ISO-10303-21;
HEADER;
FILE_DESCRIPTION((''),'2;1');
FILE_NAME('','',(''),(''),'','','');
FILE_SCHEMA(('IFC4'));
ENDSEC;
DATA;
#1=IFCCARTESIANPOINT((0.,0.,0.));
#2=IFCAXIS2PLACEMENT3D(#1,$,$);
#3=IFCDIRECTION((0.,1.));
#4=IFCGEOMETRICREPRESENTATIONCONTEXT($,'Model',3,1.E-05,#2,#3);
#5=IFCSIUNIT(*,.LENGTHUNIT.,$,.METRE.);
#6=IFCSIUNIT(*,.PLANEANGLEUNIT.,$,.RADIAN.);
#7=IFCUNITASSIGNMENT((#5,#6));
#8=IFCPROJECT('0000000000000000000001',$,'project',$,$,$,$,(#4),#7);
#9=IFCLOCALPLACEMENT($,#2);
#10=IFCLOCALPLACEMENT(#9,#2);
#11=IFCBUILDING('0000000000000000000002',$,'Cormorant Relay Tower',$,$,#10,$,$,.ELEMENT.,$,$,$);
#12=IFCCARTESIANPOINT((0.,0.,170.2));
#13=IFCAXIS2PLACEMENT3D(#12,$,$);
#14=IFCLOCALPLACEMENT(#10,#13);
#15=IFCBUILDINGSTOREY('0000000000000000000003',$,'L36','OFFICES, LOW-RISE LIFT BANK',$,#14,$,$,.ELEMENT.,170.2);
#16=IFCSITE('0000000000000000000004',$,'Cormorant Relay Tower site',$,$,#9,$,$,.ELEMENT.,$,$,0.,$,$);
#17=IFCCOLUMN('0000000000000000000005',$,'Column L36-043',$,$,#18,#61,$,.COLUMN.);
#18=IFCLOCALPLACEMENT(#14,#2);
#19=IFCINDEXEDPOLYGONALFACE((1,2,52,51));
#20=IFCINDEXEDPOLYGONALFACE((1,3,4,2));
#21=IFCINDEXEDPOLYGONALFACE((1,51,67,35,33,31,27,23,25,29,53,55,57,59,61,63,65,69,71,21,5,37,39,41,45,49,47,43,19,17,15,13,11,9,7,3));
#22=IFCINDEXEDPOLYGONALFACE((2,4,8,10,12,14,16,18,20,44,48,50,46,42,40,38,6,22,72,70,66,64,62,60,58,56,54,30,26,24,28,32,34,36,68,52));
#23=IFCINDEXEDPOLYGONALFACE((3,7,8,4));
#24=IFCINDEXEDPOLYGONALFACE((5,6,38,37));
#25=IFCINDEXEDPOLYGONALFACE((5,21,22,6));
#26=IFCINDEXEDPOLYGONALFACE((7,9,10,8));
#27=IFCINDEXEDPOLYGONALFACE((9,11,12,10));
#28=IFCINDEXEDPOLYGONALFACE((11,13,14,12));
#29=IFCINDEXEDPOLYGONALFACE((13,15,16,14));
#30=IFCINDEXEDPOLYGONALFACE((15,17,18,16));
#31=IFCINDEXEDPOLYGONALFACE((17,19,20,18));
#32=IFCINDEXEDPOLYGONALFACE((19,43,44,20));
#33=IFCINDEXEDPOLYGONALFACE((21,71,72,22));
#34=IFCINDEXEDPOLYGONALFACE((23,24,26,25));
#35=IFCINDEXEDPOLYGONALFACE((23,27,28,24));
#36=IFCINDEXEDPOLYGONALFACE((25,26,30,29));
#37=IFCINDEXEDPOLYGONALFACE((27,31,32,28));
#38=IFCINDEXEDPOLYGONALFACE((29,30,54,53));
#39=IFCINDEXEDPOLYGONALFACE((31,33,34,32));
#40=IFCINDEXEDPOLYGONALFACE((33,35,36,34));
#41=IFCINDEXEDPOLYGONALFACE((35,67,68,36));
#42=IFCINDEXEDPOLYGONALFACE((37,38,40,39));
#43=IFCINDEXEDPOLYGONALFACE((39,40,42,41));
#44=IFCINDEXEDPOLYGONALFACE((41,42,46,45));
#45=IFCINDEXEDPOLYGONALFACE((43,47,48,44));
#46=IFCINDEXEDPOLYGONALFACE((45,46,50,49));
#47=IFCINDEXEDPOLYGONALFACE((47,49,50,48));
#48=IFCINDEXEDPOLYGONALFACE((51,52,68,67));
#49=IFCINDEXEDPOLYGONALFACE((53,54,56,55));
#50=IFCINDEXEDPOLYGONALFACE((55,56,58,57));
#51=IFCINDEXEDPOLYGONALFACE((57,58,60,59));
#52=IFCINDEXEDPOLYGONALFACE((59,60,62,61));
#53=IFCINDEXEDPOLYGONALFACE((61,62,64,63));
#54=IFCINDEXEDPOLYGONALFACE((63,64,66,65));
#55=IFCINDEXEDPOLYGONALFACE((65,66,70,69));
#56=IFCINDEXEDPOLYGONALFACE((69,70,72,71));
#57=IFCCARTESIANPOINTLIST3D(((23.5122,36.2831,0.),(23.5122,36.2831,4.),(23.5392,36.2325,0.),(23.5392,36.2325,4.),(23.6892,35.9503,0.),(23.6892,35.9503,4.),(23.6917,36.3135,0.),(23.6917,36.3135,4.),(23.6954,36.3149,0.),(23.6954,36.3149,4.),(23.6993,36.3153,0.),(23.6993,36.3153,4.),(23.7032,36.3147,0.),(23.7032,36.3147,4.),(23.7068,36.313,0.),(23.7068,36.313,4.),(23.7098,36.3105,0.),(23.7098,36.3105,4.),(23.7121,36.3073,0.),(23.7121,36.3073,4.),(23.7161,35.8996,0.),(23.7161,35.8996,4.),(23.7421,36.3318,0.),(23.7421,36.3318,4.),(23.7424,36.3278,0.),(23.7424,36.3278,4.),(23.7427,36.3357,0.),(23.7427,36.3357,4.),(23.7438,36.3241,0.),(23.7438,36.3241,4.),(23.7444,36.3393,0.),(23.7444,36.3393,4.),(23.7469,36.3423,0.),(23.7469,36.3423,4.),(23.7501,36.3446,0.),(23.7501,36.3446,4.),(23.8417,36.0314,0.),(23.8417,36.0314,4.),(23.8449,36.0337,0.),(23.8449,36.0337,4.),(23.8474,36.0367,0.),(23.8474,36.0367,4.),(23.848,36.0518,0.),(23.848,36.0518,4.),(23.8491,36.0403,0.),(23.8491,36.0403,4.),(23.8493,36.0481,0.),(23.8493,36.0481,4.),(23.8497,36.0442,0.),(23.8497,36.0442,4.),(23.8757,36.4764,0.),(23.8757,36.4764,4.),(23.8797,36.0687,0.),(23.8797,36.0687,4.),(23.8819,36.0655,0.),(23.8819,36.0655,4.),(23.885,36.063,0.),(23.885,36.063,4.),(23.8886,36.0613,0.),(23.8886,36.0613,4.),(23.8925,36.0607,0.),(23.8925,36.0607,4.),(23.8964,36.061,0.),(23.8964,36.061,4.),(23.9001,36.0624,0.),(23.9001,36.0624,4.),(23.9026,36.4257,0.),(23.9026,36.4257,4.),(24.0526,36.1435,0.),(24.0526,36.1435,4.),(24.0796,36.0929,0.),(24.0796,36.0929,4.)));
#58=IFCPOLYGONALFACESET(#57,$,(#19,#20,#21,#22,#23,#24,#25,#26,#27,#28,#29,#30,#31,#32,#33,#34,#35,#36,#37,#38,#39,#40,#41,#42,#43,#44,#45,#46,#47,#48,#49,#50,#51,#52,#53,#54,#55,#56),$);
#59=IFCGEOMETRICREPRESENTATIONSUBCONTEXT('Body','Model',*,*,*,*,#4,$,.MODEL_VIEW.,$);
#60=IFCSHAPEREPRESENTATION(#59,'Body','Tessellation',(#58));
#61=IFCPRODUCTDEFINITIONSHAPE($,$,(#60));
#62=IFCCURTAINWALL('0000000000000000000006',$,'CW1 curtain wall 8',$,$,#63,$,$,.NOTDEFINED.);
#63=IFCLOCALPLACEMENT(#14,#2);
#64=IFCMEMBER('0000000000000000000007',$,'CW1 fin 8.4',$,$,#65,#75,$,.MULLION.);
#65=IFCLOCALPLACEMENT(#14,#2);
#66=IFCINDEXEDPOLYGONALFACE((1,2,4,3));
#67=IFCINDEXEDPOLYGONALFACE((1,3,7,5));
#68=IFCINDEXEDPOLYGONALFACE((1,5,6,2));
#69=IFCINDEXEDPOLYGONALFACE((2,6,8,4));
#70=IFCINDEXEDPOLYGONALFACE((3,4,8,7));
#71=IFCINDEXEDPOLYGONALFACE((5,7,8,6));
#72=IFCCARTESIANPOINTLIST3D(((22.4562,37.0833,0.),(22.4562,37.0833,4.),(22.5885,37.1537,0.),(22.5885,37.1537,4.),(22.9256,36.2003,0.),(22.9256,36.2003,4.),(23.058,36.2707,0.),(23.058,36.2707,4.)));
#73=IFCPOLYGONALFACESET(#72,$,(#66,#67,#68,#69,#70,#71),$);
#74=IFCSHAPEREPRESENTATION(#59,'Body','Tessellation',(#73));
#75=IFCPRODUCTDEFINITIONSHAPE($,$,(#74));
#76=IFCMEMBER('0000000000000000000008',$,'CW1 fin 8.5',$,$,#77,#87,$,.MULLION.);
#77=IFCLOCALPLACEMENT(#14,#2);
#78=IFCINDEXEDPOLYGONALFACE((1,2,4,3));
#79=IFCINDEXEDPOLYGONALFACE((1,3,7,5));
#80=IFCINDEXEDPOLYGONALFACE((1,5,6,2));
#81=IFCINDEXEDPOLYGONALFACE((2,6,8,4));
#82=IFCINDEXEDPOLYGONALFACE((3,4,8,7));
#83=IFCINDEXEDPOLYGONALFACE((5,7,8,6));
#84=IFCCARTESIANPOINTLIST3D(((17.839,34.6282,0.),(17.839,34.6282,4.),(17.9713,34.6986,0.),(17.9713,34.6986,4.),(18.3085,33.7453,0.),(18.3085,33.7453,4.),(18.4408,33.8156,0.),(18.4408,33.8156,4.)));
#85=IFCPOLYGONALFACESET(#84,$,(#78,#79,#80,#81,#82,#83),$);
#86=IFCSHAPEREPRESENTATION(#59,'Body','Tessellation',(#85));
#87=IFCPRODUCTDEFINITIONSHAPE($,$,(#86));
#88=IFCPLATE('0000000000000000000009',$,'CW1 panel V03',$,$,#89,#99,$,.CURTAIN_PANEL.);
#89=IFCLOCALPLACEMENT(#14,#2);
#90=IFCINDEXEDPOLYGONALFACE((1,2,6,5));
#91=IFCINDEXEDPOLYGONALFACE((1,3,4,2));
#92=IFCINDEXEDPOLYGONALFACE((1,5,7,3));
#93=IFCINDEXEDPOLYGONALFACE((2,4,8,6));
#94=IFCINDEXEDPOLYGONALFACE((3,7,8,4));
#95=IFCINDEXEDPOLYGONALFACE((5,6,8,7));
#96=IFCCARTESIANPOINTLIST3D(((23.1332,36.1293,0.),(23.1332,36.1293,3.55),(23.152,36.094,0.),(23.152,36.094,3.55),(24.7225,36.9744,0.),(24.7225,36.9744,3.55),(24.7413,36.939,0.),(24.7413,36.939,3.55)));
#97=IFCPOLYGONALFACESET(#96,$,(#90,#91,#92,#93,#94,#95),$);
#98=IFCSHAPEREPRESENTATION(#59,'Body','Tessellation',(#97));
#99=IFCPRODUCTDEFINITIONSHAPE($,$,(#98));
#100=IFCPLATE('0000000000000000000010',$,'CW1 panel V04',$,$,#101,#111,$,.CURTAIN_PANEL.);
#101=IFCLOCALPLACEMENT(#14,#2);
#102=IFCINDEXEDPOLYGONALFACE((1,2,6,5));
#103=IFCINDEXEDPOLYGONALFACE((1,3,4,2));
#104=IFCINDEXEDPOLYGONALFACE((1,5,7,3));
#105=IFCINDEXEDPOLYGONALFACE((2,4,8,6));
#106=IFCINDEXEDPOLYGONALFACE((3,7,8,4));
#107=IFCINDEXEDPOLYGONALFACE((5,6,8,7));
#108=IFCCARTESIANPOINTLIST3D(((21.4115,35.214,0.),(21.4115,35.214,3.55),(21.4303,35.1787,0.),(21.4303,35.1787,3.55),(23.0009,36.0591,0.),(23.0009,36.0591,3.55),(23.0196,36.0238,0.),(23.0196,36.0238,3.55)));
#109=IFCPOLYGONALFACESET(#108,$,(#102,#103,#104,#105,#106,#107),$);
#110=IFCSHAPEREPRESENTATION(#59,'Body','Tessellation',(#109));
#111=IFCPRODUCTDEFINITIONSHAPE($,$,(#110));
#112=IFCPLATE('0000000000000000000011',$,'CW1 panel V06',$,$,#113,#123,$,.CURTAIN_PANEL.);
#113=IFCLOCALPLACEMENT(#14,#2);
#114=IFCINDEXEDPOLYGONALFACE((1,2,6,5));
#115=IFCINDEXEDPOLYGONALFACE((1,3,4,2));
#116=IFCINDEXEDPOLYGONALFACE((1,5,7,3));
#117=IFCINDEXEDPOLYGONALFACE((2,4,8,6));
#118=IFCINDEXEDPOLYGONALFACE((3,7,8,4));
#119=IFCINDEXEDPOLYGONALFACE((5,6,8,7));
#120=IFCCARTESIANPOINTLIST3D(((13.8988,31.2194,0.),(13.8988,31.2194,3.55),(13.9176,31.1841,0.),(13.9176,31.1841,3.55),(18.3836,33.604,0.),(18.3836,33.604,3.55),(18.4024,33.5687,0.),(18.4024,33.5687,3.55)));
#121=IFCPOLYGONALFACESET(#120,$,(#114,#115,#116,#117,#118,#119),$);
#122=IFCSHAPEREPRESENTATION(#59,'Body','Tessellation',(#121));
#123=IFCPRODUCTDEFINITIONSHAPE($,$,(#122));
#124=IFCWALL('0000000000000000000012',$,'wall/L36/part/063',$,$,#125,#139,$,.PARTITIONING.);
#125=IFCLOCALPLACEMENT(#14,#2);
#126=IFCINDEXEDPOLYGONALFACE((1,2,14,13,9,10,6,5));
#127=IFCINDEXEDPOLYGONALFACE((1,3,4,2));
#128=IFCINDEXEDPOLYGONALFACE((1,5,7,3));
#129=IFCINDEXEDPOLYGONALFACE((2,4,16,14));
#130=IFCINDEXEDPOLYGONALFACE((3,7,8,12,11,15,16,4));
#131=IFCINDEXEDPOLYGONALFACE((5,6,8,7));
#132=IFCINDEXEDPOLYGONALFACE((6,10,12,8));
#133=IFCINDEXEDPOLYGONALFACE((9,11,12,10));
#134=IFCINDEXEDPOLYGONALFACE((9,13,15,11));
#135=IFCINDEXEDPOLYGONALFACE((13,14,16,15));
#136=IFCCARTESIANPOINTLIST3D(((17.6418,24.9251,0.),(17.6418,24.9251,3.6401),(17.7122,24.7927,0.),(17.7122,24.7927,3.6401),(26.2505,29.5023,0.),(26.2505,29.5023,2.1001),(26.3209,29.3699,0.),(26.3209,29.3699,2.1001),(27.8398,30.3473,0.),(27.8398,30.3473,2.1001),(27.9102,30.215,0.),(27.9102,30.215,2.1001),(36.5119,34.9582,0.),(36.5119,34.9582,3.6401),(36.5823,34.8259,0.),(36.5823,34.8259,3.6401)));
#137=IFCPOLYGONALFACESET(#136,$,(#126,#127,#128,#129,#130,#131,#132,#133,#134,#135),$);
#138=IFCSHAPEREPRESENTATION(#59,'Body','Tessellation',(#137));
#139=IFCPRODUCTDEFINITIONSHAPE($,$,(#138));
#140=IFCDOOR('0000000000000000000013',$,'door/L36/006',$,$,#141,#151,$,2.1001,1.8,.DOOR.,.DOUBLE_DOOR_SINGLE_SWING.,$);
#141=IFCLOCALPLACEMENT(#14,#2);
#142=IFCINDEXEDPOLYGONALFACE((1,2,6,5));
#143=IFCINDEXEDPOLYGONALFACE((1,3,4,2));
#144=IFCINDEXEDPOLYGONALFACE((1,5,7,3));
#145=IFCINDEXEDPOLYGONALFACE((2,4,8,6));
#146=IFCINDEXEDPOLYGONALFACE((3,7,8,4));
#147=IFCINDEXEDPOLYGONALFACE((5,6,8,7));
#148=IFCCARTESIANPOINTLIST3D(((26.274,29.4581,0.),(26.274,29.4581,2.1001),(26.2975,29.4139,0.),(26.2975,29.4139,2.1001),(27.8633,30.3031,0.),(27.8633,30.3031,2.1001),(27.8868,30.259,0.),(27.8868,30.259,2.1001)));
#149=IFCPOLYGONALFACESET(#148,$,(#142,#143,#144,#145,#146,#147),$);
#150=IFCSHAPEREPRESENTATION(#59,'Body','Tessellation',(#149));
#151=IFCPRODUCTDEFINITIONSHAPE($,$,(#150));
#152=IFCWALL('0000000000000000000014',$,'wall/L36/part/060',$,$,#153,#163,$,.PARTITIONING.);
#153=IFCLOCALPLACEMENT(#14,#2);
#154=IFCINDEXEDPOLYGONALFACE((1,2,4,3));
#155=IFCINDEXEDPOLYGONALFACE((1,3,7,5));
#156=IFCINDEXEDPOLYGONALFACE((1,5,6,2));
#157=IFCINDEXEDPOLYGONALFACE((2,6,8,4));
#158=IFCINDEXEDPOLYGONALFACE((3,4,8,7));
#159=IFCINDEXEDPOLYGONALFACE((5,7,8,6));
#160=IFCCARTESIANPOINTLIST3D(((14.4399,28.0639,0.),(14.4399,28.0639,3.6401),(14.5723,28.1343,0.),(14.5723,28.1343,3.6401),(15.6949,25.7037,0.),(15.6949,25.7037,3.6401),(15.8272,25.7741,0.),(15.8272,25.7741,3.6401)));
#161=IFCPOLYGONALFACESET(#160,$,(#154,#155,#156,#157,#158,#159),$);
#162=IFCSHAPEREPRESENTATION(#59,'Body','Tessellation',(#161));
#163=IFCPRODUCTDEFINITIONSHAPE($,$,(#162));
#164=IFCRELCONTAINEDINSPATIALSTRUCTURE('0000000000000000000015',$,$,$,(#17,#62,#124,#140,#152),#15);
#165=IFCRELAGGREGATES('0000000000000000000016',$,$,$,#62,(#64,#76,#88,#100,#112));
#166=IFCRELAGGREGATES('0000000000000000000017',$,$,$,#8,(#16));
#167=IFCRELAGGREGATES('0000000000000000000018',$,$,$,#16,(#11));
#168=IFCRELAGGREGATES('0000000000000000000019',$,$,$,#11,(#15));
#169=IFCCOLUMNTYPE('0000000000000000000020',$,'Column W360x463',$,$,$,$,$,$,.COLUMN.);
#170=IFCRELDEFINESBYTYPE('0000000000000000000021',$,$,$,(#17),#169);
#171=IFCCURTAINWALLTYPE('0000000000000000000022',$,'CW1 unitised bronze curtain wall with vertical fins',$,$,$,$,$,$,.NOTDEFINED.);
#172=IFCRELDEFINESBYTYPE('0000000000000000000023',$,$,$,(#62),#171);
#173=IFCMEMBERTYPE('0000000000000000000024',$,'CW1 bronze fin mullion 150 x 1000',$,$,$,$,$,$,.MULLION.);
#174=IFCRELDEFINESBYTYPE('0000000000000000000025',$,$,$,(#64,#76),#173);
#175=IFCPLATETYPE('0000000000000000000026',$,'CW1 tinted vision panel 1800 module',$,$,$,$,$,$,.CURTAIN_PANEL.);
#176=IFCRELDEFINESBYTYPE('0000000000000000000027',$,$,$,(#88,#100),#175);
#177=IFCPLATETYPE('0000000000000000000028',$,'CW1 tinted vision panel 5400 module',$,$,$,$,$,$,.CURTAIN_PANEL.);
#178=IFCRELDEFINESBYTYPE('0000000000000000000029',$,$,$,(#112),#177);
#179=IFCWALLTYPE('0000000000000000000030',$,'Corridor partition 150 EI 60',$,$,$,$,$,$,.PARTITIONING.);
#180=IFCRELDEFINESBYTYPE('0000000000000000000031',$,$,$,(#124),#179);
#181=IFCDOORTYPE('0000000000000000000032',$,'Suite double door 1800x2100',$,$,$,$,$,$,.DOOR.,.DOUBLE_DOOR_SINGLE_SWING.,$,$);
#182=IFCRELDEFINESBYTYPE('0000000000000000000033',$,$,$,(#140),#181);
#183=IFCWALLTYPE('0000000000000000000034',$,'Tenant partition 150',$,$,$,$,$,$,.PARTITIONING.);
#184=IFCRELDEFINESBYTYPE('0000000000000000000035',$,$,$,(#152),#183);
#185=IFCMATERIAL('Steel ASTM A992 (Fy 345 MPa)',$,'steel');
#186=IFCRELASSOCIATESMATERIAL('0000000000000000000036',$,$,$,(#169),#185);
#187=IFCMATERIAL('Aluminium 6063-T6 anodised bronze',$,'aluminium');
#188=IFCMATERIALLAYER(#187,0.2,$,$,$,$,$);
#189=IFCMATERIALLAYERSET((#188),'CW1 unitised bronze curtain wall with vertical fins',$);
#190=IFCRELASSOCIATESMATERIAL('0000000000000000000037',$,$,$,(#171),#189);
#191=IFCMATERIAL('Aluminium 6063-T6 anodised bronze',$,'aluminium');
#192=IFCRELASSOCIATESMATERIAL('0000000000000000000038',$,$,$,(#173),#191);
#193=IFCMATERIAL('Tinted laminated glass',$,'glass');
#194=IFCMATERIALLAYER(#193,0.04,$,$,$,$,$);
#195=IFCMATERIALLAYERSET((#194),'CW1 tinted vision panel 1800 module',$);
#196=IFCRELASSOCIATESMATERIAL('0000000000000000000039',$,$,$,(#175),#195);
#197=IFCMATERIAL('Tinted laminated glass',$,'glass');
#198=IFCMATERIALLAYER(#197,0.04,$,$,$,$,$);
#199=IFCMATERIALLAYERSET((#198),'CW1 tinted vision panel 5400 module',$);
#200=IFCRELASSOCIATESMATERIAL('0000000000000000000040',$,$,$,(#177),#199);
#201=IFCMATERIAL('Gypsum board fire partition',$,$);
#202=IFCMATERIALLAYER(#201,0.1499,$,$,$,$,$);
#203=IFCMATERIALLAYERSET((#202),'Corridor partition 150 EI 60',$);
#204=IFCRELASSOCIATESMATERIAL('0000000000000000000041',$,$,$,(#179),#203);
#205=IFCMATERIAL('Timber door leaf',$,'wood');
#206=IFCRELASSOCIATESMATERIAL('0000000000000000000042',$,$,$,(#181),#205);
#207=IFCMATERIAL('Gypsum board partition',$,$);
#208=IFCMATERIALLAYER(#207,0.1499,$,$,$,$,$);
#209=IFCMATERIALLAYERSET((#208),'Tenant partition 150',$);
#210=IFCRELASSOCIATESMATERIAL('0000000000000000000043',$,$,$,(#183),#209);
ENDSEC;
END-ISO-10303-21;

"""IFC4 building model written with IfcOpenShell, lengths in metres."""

from ifc_helpers import new_model, si_unit, direction, frame, frame_2d, origin, origin_2d, place, context, subcontext, project, spatial, rectangle, i_section, extrude, material, layer, layer_set, material_profile, profile_set, type_object, element, fill, aggregate, save


model = new_model("IFC4")

# Units and contexts
model_context = context("Model", 3, precision=1e-05, world=origin(), true_north=direction((0.0, 1.0)))
body_context = subcontext(model_context, "Body", "Model", "MODEL_VIEW")
ifc_project = project(units=[si_unit("LENGTHUNIT", "METRE"), si_unit("PLANEANGLEUNIT", "RADIAN")], contexts=[model_context])

# Site, building, storey
site_placement = place(None, origin())
site = spatial("IfcSite", under=ifc_project, at=site_placement, Name="Cormorant Relay Tower site", CompositionType="ELEMENT", RefElevation=0.0)
building_placement = place(site_placement, origin())
building = spatial("IfcBuilding", under=site, at=building_placement, Name="Cormorant Relay Tower", CompositionType="ELEMENT")
storey_placement = place(building_placement, frame((0.0, 0.0, 170.2)))
storey = spatial("IfcBuildingStorey", under=building, at=storey_placement, Name="L36", Description="OFFICES, LOW-RISE LIFT BANK", CompositionType="ELEMENT", Elevation=170.2)

# Column
ifc_material_1 = material(Name="Steel ASTM A992 (Fy 345 MPa)", Category="steel")
ifc_material_profile_1 = material_profile(ifc_material_1, i_section(OverallWidth=0.4116, OverallDepth=0.4343, WebThickness=0.0359, FlangeThickness=0.0574, FilletRadius=0.0151, at=origin_2d()), Name="W360x463")
ifc_profile_set_1 = profile_set([ifc_material_profile_1], Name="Steel ASTM A992 (Fy 345 MPa)")
column_type = type_object("IfcColumnType", Name="Column W360x463", PredefinedType="COLUMN", material=ifc_profile_set_1)
column_placement = place(storey_placement, frame((23.7959, 36.188, 0.0), z_axis=(0.0, 0.0, 1.0), x_axis=(-0.882948, -0.469472, 0.0)))
element("IfcColumn", 1, at=column_placement, inside=storey, type_object=column_type, Name="Column L36-043", PredefinedType="COLUMN", context=body_context, shape_type="SweptSolid", body=[
    extrude(i_section(OverallWidth=0.4116, OverallDepth=0.4343, WebThickness=0.0359, FlangeThickness=0.0574, FilletRadius=0.0151, at=origin_2d()), origin(), (0.0, 0.0, 1.0), 4.0),
])

# Curtain wall, members, plates
ifc_material_2 = material(Name="Aluminium 6063-T6 anodised bronze", Category="aluminium")
ifc_layer_1 = layer(ifc_material_2, 0.2)
ifc_layer_set_1 = layer_set([ifc_layer_1], Name="CW1 unitised bronze curtain wall with vertical fins")
curtain_wall_type = type_object("IfcCurtainWallType", Name="CW1 unitised bronze curtain wall with vertical fins", PredefinedType="NOTDEFINED", material=ifc_layer_set_1)
curtain_wall_placement = place(storey_placement, origin())
curtain_wall = element("IfcCurtainWall", 2, at=curtain_wall_placement, inside=storey, type_object=curtain_wall_type, Name="CW1 curtain wall 8", PredefinedType="NOTDEFINED")
ifc_material_3 = material(Name="Aluminium 6063-T6 anodised bronze", Category="aluminium")
ifc_material_profile_2 = material_profile(ifc_material_3, rectangle(XDim=0.1499, YDim=1.0, at=origin_2d()), Name="AL 150x1000")
ifc_profile_set_2 = profile_set([ifc_material_profile_2], Name="Aluminium 6063-T6 anodised bronze")
member_type = type_object("IfcMemberType", Name="CW1 bronze fin mullion 150 x 1000", PredefinedType="MULLION", material=ifc_profile_set_2)
member_1_placement = place(storey_placement, frame((22.7571, 36.677, 0.0), z_axis=(0.0, 0.0, 1.0), x_axis=(-0.882948, -0.469472, 0.0)))
member_1 = element("IfcMember", 3, at=member_1_placement, type_object=member_type, Name="CW1 fin 8.4", PredefinedType="MULLION", context=body_context, shape_type="SweptSolid", body=[
    extrude(rectangle(XDim=0.1499, YDim=1.0, at=origin_2d()), origin(), (0.0, 0.0, 1.0), 4.0),
])
member_2_placement = place(storey_placement, frame((18.1399, 34.2219, 0.0), z_axis=(0.0, 0.0, 1.0), x_axis=(-0.882948, -0.469472, 0.0)))
member_2 = element("IfcMember", 4, at=member_2_placement, type_object=member_type, Name="CW1 fin 8.5", PredefinedType="MULLION", context=body_context, shape_type="SweptSolid", body=[
    extrude(rectangle(XDim=0.1499, YDim=1.0, at=origin_2d()), origin(), (0.0, 0.0, 1.0), 4.0),
])
ifc_material_4 = material(Name="Tinted laminated glass", Category="glass")
ifc_layer_2 = layer(ifc_material_4, 0.04)
ifc_layer_set_2 = layer_set([ifc_layer_2], Name="CW1 tinted vision panel 1800 module")
plate_type_1 = type_object("IfcPlateType", Name="CW1 tinted vision panel 1800 module", PredefinedType="CURTAIN_PANEL", material=ifc_layer_set_2)
plate_1_placement = place(storey_placement, frame((23.9373, 36.5342, 0.0), z_axis=(0.0, 0.0, 1.0), x_axis=(-0.882948, -0.469472, 0.0)))
plate_1 = element("IfcPlate", 5, at=plate_1_placement, type_object=plate_type_1, Name="CW1 panel V03", PredefinedType="CURTAIN_PANEL", context=body_context, shape_type="SweptSolid", body=[
    extrude(rectangle(XDim=1.8, YDim=0.04, at=origin_2d()), origin(), (0.0, 0.0, 1.0), 3.55),
])
plate_2_placement = place(storey_placement, frame((22.2156, 35.6189, 0.0), z_axis=(0.0, 0.0, 1.0), x_axis=(-0.882948, -0.469472, 0.0)))
plate_2 = element("IfcPlate", 6, at=plate_2_placement, type_object=plate_type_1, Name="CW1 panel V04", PredefinedType="CURTAIN_PANEL", context=body_context, shape_type="SweptSolid", body=[
    extrude(rectangle(XDim=1.8, YDim=0.04, at=origin_2d()), origin(), (0.0, 0.0, 1.0), 3.55),
])
ifc_material_5 = material(Name="Tinted laminated glass", Category="glass")
ifc_layer_3 = layer(ifc_material_5, 0.04)
ifc_layer_set_3 = layer_set([ifc_layer_3], Name="CW1 tinted vision panel 5400 module")
plate_type_2 = type_object("IfcPlateType", Name="CW1 tinted vision panel 5400 module", PredefinedType="CURTAIN_PANEL", material=ifc_layer_set_3)
plate_3_placement = place(storey_placement, frame((16.1506, 32.394, 0.0), z_axis=(0.0, 0.0, 1.0), x_axis=(-0.882948, -0.469472, 0.0)))
plate_3 = element("IfcPlate", 7, at=plate_3_placement, type_object=plate_type_2, Name="CW1 panel V06", PredefinedType="CURTAIN_PANEL", context=body_context, shape_type="SweptSolid", body=[
    extrude(rectangle(XDim=5.0793, YDim=0.04, at=origin_2d()), origin(), (0.0, 0.0, 1.0), 3.55),
])

# Wall, opening, door
ifc_material_6 = material(Name="Gypsum board fire partition")
ifc_layer_4 = layer(ifc_material_6, 0.1499)
ifc_layer_set_4 = layer_set([ifc_layer_4], Name="Corridor partition 150 EI 60")
wall_type_1 = type_object("IfcWallType", Name="Corridor partition 150 EI 60", PredefinedType="PARTITIONING", material=ifc_layer_set_4)
wall_1_placement = place(storey_placement, frame((17.677, 24.8589, 0.0), z_axis=(0.0, 0.0, 1.0), x_axis=(0.882952, 0.469464, 0.0)))
wall_1 = element("IfcWall", 8, at=wall_1_placement, inside=storey, type_object=wall_type_1, Name="wall/L36/part/063", PredefinedType="PARTITIONING", context=body_context, shape_type="SweptSolid", body=[
    extrude(rectangle(XDim=21.3716, YDim=0.1499, at=frame_2d((10.6858, 0.0))), origin(), (0.0, 0.0, 1.0), 3.6401),
])
opening_placement = place(wall_1_placement, frame((9.75, 0.0, 0.0)))
opening = element("IfcOpeningElement", 9, at=opening_placement, cuts=wall_1, PredefinedType="OPENING", context=body_context, shape_type="SweptSolid", body=[
    extrude(rectangle(XDim=1.8, YDim=2.1001, at=frame_2d((0.8999, 1.05))), frame((0.0, 0.085, 0.0), z_axis=(0.0, -1.0, 0.0), x_axis=(1.0, 0.0, 0.0)), (0.0, 0.0, 1.0), 0.1699),
])
ifc_material_7 = material(Name="Timber door leaf", Category="wood")
door_type = type_object("IfcDoorType", Name="Suite double door 1800x2100", OperationType="DOUBLE_DOOR_SINGLE_SWING", PredefinedType="DOOR", material=ifc_material_7)
door_placement = place(opening_placement, origin())
door = element("IfcDoor", 10, at=door_placement, inside=storey, type_object=door_type, Name="door/L36/006", OperationType="DOUBLE_DOOR_SINGLE_SWING", OverallHeight=2.1001, OverallWidth=1.8, PredefinedType="DOOR", context=body_context, shape_type="SweptSolid", body=[
    extrude(rectangle(XDim=1.8, YDim=2.1001, at=frame_2d((0.8999, 1.05))), frame((0.0, 0.0249, 0.0), z_axis=(0.0, -1.0, 0.0), x_axis=(1.0, 0.0, 0.0)), (0.0, 0.0, 1.0), 0.05),
])
fill(opening, door)

# Wall
ifc_material_8 = material(Name="Gypsum board partition")
ifc_layer_5 = layer(ifc_material_8, 0.1499)
ifc_layer_set_5 = layer_set([ifc_layer_5], Name="Tenant partition 150")
wall_type_2 = type_object("IfcWallType", Name="Tenant partition 150", PredefinedType="PARTITIONING", material=ifc_layer_set_5)
wall_2_placement = place(storey_placement, frame((15.761, 25.739, 0.0), z_axis=(0.0, 0.0, 1.0), x_axis=(-0.469469, 0.882949, 0.0)))
element("IfcWall", 11, at=wall_2_placement, inside=storey, type_object=wall_type_2, Name="wall/L36/part/060", PredefinedType="PARTITIONING", context=body_context, shape_type="SweptSolid", body=[
    extrude(rectangle(XDim=2.6731, YDim=0.1499, at=frame_2d((1.3364, 0.0))), origin(), (0.0, 0.0, 1.0), 3.6401),
])

aggregate(curtain_wall, [member_1, member_2, plate_1, plate_2, plate_3])

save(model, "model.ifc")
